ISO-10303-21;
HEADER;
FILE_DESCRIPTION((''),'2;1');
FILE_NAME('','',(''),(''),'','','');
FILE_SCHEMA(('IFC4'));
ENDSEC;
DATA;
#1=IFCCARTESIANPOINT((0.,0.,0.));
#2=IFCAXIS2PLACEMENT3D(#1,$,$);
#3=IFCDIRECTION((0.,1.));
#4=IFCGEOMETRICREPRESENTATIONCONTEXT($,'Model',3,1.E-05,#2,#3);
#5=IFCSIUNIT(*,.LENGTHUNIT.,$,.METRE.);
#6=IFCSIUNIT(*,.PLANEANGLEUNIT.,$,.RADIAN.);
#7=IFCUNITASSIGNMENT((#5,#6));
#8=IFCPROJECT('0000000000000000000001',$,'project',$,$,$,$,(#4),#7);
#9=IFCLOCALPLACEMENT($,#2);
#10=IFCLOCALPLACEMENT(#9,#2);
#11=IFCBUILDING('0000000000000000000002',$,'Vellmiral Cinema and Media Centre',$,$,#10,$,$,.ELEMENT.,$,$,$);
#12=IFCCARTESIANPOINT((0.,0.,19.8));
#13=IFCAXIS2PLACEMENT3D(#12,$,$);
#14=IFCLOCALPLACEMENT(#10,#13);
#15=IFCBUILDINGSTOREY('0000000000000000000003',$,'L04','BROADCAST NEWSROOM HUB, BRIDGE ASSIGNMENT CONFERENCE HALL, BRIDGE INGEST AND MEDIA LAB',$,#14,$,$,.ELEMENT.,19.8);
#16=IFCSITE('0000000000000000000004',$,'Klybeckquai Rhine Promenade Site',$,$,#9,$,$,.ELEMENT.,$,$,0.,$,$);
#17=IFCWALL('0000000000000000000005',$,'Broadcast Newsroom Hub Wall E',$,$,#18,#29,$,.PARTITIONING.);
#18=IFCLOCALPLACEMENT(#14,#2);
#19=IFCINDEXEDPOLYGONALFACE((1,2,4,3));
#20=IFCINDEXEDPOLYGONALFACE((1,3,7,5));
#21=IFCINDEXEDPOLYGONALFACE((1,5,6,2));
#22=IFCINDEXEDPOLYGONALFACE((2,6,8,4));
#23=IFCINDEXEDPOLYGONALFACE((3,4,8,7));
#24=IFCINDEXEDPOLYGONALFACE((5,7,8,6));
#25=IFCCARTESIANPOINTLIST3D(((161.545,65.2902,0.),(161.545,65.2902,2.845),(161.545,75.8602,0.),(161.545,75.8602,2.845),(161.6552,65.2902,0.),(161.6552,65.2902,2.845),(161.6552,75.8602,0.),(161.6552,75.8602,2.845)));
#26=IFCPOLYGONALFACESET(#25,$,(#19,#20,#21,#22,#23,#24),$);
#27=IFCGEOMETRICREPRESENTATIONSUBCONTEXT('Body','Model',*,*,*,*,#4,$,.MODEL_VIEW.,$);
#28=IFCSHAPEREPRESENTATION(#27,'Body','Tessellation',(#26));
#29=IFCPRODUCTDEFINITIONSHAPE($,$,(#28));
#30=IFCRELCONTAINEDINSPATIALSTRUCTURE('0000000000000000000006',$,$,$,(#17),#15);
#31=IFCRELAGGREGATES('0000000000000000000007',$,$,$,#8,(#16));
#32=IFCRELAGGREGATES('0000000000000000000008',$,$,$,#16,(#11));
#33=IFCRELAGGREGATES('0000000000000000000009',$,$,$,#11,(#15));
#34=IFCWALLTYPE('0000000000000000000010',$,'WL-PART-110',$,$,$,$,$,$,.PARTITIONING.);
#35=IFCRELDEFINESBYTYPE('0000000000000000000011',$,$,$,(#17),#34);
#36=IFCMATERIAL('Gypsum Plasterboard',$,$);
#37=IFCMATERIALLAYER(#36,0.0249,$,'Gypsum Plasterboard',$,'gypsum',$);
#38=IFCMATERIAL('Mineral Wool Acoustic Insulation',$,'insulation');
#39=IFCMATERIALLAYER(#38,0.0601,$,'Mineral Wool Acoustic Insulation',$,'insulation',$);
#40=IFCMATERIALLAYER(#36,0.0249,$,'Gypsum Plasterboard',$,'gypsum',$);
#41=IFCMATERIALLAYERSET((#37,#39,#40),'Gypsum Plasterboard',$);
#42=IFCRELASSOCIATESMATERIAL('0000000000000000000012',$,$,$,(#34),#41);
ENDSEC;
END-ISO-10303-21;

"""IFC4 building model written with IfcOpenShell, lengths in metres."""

from ifc_helpers import new_model, si_unit, direction, frame, frame_2d, origin, place, context, subcontext, project, spatial, rectangle, extrude, material, layer, layer_set, type_object, element, save


model = new_model("IFC4")

# Units and contexts
model_context = context("Model", 3, precision=1e-05, world=origin(), true_north=direction((0.0, 1.0)))
body_context = subcontext(model_context, "Body", "Model", "MODEL_VIEW")
ifc_project = project(units=[si_unit("LENGTHUNIT", "METRE"), si_unit("PLANEANGLEUNIT", "RADIAN")], contexts=[model_context])

# Site, building, storey
site_placement = place(None, origin())
site = spatial("IfcSite", under=ifc_project, at=site_placement, Name="Klybeckquai Rhine Promenade Site", CompositionType="ELEMENT", RefElevation=0.0)
building_placement = place(site_placement, origin())
building = spatial("IfcBuilding", under=site, at=building_placement, Name="Vellmiral Cinema and Media Centre", CompositionType="ELEMENT")
storey_placement = place(building_placement, frame((0.0, 0.0, 19.8)))
storey = spatial("IfcBuildingStorey", under=building, at=storey_placement, Name="L04", Description="BROADCAST NEWSROOM HUB, BRIDGE ASSIGNMENT CONFERENCE HALL, BRIDGE INGEST AND MEDIA LAB", CompositionType="ELEMENT", Elevation=19.8)

# Wall
ifc_material_1 = material(Name="Gypsum Plasterboard")
ifc_layer_1 = layer(ifc_material_1, 0.0249, Name="Gypsum Plasterboard", Category="gypsum")
ifc_material_2 = material(Name="Mineral Wool Acoustic Insulation", Category="insulation")
ifc_layer_2 = layer(ifc_material_2, 0.0601, Name="Mineral Wool Acoustic Insulation", Category="insulation")
ifc_layer_3 = layer(ifc_material_1, 0.0249, Name="Gypsum Plasterboard", Category="gypsum")
ifc_layer_set_1 = layer_set([ifc_layer_1, ifc_layer_2, ifc_layer_3], Name="Gypsum Plasterboard")
wall_type_1 = type_object("IfcWallType", Name="WL-PART-110", PredefinedType="PARTITIONING", material=ifc_layer_set_1)
wall_1_placement = place(storey_placement, frame((161.6001, 65.29, 0.0), z_axis=(0.0, 0.0, 1.0), x_axis=(0.0, 1.0, 0.0)))
element("IfcWall", 1, at=wall_1_placement, inside=storey, type_object=wall_type_1, Name="Broadcast Newsroom Hub Wall E", PredefinedType="PARTITIONING", context=body_context, shape_type="SweptSolid", body=[
    extrude(rectangle(XDim=10.5701, YDim=0.1101, at=frame_2d((5.2852, 0.0))), origin(), (0.0, 0.0, 1.0), 2.845),
])

save(model, "model.ifc")
